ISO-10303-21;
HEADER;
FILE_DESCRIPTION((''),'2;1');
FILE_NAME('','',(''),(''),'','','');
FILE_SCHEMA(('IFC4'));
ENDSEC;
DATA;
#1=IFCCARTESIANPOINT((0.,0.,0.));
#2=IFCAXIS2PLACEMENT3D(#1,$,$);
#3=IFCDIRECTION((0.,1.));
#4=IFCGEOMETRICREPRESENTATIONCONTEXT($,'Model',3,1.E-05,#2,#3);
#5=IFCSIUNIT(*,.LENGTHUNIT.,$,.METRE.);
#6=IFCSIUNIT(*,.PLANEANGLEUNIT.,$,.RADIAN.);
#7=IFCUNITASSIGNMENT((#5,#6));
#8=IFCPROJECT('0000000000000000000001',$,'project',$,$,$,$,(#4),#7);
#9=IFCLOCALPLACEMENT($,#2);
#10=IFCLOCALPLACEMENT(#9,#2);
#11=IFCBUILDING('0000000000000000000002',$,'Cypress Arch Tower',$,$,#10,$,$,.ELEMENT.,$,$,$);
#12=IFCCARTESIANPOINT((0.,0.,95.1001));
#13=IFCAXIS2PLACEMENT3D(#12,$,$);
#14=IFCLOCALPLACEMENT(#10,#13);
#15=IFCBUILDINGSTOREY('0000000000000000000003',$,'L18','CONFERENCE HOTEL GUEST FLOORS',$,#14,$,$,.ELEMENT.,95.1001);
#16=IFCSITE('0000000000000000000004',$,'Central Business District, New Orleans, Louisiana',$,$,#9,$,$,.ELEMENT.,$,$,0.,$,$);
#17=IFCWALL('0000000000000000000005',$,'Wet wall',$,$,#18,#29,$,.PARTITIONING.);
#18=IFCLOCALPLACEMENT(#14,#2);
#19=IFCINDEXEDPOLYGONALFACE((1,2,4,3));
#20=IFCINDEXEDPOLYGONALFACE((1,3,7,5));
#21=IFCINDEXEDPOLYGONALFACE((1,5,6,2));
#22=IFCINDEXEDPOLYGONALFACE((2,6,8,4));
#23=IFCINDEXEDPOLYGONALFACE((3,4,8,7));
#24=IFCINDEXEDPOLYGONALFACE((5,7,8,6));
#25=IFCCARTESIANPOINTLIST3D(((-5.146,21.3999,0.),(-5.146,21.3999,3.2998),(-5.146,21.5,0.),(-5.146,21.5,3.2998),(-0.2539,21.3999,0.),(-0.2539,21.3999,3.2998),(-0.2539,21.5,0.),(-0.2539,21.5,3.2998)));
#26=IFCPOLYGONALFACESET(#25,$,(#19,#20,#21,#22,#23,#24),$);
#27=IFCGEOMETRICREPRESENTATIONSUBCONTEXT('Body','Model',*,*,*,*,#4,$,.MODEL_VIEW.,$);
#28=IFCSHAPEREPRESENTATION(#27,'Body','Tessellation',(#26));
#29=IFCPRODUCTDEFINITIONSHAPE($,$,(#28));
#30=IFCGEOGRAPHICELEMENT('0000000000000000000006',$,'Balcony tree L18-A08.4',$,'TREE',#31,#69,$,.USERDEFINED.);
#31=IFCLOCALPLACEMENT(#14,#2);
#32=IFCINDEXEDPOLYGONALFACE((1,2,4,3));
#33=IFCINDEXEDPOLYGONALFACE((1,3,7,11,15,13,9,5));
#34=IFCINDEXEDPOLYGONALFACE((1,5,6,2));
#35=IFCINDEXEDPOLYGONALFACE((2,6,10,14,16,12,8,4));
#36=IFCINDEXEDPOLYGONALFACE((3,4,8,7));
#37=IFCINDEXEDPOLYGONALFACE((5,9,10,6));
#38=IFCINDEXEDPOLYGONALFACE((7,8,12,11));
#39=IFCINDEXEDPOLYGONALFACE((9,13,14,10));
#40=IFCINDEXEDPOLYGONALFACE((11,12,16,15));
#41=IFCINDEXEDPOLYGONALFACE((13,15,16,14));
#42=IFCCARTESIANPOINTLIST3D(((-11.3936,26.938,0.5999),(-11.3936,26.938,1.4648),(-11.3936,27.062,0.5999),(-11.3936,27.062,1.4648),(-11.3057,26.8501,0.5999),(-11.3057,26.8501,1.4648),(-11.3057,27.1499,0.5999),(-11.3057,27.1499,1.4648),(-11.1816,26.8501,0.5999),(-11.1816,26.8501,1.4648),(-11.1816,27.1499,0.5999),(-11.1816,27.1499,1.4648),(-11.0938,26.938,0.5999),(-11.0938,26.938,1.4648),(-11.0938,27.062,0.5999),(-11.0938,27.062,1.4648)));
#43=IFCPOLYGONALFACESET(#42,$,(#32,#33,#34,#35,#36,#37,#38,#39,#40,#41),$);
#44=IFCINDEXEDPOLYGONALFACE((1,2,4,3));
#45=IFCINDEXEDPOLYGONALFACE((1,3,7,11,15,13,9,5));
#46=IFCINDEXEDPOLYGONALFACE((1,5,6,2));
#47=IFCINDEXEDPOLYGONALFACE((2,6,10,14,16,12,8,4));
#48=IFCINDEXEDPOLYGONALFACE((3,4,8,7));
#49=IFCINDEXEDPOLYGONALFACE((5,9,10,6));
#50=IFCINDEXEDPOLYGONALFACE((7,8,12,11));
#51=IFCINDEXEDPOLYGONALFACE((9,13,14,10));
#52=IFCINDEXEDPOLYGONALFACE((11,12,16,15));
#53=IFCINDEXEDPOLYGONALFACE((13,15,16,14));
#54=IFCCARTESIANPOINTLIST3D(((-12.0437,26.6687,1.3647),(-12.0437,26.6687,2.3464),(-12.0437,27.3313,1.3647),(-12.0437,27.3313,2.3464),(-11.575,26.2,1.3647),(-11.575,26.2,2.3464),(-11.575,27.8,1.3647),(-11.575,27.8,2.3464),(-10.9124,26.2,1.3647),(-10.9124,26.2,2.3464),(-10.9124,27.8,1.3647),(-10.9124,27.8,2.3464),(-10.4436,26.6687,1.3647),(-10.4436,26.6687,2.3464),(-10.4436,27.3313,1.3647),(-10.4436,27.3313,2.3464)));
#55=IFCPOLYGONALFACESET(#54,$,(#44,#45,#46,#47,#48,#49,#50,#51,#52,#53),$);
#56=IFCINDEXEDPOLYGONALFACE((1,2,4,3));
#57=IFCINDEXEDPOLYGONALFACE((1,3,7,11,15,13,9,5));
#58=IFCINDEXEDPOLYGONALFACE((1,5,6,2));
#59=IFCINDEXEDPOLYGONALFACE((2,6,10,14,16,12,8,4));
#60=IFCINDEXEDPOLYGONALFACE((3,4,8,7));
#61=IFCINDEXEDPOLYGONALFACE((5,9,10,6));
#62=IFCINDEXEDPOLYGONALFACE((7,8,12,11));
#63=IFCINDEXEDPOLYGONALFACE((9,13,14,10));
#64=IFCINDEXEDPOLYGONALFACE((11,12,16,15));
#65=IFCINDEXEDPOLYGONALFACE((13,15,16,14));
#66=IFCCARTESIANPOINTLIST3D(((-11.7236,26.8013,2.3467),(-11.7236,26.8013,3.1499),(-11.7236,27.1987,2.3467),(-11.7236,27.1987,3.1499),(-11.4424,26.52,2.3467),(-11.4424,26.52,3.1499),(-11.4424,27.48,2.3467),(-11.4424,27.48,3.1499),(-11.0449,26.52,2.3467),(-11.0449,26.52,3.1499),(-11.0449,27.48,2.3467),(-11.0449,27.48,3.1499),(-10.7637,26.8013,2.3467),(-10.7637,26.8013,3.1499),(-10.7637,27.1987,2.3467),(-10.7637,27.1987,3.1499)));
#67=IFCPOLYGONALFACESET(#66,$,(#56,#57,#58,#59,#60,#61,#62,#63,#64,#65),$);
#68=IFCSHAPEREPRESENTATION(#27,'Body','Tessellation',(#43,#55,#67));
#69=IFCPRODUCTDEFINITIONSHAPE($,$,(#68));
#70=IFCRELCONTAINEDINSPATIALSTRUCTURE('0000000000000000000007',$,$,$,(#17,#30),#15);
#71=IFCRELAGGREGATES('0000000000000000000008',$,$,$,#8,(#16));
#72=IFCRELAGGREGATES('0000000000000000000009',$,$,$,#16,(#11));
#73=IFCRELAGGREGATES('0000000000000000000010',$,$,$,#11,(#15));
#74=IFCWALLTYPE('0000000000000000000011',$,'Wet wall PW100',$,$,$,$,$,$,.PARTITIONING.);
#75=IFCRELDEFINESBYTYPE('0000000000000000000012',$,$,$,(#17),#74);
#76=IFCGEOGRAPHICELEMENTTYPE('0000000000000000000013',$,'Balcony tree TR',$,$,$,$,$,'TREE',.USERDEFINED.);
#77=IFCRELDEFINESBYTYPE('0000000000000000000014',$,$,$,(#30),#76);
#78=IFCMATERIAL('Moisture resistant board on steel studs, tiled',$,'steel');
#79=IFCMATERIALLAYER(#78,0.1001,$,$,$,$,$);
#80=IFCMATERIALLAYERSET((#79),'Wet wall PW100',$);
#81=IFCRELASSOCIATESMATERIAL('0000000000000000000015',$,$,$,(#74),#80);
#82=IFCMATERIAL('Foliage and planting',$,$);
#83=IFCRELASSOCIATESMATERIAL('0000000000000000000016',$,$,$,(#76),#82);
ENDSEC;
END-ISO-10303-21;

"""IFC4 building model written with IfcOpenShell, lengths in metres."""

from ifc_helpers import new_model, si_unit, direction, frame, frame_2d, origin, place, context, subcontext, project, spatial, polyline, rectangle, outline, extrude, material, layer, layer_set, type_object, element, save


model = new_model("IFC4")

# Units and contexts
model_context = context("Model", 3, precision=1e-05, world=origin(), true_north=direction((0.0, 1.0)))
body_context = subcontext(model_context, "Body", "Model", "MODEL_VIEW")
ifc_project = project(units=[si_unit("LENGTHUNIT", "METRE"), si_unit("PLANEANGLEUNIT", "RADIAN")], contexts=[model_context])

# Site, building, storey
site_placement = place(None, origin())
site = spatial("IfcSite", under=ifc_project, at=site_placement, Name="Central Business District, New Orleans, Louisiana", CompositionType="ELEMENT", RefElevation=0.0)
building_placement = place(site_placement, origin())
building = spatial("IfcBuilding", under=site, at=building_placement, Name="Cypress Arch Tower", CompositionType="ELEMENT")
storey_placement = place(building_placement, frame((0.0, 0.0, 95.1001)))
storey = spatial("IfcBuildingStorey", under=building, at=storey_placement, Name="L18", Description="CONFERENCE HOTEL GUEST FLOORS", CompositionType="ELEMENT", Elevation=95.1001)

# Shared definitions
ifc_material_1 = material(Name="Moisture resistant board on steel studs, tiled", Category="steel")
ifc_layer_1 = layer(ifc_material_1, 0.1001)
ifc_layer_set_1 = layer_set([ifc_layer_1], Name="Wet wall PW100")
wall_type_1 = type_object("IfcWallType", Name="Wet wall PW100", PredefinedType="PARTITIONING", material=ifc_layer_set_1)

# Wall
wall_1_placement = place(storey_placement, frame((-5.146, 21.45, 0.0), z_axis=(0.0, 0.0, 1.0), x_axis=(1.0, 0.0, 0.0)))
element("IfcWall", 1, at=wall_1_placement, inside=storey, type_object=wall_type_1, Name="Wet wall", PredefinedType="PARTITIONING", context=body_context, shape_type="SweptSolid", body=[
    extrude(rectangle(XDim=4.8921, YDim=0.1001, at=frame_2d((2.446, 0.0))), origin(), (0.0, 0.0, 1.0), 3.2998),
])

# Geographic element
ifc_material_2 = material(Name="Foliage and planting")
geographic_element_type = type_object("IfcGeographicElementType", Name="Balcony tree TR", ElementType="TREE", PredefinedType="USERDEFINED", material=ifc_material_2)
geographic_element_placement = place(storey_placement, frame((-11.2437, 27.0, 0.5999), z_axis=(0.0, 0.0, 1.0), x_axis=(1.0, 0.0, 0.0)))
element("IfcGeographicElement", 2, at=geographic_element_placement, inside=storey, type_object=geographic_element_type, Name="Balcony tree L18-A08.4", ObjectType="TREE", PredefinedType="USERDEFINED", context=body_context, shape_type="SweptSolid", body=[
    extrude(outline(polyline([(0.1499, 0.062), (0.062, 0.1499), (-0.062, 0.1499), (-0.1499, 0.062), (-0.1499, -0.062), (-0.062, -0.1499), (0.062, -0.1499), (0.1499, -0.062), (0.1499, 0.062)])), origin(), (0.0, 0.0, 1.0), 0.865),
    extrude(outline(polyline([(0.8, 0.3313), (0.3313, 0.8), (-0.3313, 0.8), (-0.8, 0.3313), (-0.8, -0.3313), (-0.3313, -0.8), (0.3313, -0.8), (0.8, -0.3313), (0.8, 0.3313)])), frame((0.0, 0.0, 0.7649)), (0.0, 0.0, 1.0), 0.9817),
    extrude(outline(polyline([(0.48, 0.1987), (0.1987, 0.48), (-0.1987, 0.48), (-0.48, 0.1987), (-0.48, -0.1987), (-0.1987, -0.48), (0.1987, -0.48), (0.48, -0.1987), (0.48, 0.1987)])), frame((0.0, 0.0, 1.7468)), (0.0, 0.0, 1.0), 0.8032),
])

save(model, "model.ifc")
